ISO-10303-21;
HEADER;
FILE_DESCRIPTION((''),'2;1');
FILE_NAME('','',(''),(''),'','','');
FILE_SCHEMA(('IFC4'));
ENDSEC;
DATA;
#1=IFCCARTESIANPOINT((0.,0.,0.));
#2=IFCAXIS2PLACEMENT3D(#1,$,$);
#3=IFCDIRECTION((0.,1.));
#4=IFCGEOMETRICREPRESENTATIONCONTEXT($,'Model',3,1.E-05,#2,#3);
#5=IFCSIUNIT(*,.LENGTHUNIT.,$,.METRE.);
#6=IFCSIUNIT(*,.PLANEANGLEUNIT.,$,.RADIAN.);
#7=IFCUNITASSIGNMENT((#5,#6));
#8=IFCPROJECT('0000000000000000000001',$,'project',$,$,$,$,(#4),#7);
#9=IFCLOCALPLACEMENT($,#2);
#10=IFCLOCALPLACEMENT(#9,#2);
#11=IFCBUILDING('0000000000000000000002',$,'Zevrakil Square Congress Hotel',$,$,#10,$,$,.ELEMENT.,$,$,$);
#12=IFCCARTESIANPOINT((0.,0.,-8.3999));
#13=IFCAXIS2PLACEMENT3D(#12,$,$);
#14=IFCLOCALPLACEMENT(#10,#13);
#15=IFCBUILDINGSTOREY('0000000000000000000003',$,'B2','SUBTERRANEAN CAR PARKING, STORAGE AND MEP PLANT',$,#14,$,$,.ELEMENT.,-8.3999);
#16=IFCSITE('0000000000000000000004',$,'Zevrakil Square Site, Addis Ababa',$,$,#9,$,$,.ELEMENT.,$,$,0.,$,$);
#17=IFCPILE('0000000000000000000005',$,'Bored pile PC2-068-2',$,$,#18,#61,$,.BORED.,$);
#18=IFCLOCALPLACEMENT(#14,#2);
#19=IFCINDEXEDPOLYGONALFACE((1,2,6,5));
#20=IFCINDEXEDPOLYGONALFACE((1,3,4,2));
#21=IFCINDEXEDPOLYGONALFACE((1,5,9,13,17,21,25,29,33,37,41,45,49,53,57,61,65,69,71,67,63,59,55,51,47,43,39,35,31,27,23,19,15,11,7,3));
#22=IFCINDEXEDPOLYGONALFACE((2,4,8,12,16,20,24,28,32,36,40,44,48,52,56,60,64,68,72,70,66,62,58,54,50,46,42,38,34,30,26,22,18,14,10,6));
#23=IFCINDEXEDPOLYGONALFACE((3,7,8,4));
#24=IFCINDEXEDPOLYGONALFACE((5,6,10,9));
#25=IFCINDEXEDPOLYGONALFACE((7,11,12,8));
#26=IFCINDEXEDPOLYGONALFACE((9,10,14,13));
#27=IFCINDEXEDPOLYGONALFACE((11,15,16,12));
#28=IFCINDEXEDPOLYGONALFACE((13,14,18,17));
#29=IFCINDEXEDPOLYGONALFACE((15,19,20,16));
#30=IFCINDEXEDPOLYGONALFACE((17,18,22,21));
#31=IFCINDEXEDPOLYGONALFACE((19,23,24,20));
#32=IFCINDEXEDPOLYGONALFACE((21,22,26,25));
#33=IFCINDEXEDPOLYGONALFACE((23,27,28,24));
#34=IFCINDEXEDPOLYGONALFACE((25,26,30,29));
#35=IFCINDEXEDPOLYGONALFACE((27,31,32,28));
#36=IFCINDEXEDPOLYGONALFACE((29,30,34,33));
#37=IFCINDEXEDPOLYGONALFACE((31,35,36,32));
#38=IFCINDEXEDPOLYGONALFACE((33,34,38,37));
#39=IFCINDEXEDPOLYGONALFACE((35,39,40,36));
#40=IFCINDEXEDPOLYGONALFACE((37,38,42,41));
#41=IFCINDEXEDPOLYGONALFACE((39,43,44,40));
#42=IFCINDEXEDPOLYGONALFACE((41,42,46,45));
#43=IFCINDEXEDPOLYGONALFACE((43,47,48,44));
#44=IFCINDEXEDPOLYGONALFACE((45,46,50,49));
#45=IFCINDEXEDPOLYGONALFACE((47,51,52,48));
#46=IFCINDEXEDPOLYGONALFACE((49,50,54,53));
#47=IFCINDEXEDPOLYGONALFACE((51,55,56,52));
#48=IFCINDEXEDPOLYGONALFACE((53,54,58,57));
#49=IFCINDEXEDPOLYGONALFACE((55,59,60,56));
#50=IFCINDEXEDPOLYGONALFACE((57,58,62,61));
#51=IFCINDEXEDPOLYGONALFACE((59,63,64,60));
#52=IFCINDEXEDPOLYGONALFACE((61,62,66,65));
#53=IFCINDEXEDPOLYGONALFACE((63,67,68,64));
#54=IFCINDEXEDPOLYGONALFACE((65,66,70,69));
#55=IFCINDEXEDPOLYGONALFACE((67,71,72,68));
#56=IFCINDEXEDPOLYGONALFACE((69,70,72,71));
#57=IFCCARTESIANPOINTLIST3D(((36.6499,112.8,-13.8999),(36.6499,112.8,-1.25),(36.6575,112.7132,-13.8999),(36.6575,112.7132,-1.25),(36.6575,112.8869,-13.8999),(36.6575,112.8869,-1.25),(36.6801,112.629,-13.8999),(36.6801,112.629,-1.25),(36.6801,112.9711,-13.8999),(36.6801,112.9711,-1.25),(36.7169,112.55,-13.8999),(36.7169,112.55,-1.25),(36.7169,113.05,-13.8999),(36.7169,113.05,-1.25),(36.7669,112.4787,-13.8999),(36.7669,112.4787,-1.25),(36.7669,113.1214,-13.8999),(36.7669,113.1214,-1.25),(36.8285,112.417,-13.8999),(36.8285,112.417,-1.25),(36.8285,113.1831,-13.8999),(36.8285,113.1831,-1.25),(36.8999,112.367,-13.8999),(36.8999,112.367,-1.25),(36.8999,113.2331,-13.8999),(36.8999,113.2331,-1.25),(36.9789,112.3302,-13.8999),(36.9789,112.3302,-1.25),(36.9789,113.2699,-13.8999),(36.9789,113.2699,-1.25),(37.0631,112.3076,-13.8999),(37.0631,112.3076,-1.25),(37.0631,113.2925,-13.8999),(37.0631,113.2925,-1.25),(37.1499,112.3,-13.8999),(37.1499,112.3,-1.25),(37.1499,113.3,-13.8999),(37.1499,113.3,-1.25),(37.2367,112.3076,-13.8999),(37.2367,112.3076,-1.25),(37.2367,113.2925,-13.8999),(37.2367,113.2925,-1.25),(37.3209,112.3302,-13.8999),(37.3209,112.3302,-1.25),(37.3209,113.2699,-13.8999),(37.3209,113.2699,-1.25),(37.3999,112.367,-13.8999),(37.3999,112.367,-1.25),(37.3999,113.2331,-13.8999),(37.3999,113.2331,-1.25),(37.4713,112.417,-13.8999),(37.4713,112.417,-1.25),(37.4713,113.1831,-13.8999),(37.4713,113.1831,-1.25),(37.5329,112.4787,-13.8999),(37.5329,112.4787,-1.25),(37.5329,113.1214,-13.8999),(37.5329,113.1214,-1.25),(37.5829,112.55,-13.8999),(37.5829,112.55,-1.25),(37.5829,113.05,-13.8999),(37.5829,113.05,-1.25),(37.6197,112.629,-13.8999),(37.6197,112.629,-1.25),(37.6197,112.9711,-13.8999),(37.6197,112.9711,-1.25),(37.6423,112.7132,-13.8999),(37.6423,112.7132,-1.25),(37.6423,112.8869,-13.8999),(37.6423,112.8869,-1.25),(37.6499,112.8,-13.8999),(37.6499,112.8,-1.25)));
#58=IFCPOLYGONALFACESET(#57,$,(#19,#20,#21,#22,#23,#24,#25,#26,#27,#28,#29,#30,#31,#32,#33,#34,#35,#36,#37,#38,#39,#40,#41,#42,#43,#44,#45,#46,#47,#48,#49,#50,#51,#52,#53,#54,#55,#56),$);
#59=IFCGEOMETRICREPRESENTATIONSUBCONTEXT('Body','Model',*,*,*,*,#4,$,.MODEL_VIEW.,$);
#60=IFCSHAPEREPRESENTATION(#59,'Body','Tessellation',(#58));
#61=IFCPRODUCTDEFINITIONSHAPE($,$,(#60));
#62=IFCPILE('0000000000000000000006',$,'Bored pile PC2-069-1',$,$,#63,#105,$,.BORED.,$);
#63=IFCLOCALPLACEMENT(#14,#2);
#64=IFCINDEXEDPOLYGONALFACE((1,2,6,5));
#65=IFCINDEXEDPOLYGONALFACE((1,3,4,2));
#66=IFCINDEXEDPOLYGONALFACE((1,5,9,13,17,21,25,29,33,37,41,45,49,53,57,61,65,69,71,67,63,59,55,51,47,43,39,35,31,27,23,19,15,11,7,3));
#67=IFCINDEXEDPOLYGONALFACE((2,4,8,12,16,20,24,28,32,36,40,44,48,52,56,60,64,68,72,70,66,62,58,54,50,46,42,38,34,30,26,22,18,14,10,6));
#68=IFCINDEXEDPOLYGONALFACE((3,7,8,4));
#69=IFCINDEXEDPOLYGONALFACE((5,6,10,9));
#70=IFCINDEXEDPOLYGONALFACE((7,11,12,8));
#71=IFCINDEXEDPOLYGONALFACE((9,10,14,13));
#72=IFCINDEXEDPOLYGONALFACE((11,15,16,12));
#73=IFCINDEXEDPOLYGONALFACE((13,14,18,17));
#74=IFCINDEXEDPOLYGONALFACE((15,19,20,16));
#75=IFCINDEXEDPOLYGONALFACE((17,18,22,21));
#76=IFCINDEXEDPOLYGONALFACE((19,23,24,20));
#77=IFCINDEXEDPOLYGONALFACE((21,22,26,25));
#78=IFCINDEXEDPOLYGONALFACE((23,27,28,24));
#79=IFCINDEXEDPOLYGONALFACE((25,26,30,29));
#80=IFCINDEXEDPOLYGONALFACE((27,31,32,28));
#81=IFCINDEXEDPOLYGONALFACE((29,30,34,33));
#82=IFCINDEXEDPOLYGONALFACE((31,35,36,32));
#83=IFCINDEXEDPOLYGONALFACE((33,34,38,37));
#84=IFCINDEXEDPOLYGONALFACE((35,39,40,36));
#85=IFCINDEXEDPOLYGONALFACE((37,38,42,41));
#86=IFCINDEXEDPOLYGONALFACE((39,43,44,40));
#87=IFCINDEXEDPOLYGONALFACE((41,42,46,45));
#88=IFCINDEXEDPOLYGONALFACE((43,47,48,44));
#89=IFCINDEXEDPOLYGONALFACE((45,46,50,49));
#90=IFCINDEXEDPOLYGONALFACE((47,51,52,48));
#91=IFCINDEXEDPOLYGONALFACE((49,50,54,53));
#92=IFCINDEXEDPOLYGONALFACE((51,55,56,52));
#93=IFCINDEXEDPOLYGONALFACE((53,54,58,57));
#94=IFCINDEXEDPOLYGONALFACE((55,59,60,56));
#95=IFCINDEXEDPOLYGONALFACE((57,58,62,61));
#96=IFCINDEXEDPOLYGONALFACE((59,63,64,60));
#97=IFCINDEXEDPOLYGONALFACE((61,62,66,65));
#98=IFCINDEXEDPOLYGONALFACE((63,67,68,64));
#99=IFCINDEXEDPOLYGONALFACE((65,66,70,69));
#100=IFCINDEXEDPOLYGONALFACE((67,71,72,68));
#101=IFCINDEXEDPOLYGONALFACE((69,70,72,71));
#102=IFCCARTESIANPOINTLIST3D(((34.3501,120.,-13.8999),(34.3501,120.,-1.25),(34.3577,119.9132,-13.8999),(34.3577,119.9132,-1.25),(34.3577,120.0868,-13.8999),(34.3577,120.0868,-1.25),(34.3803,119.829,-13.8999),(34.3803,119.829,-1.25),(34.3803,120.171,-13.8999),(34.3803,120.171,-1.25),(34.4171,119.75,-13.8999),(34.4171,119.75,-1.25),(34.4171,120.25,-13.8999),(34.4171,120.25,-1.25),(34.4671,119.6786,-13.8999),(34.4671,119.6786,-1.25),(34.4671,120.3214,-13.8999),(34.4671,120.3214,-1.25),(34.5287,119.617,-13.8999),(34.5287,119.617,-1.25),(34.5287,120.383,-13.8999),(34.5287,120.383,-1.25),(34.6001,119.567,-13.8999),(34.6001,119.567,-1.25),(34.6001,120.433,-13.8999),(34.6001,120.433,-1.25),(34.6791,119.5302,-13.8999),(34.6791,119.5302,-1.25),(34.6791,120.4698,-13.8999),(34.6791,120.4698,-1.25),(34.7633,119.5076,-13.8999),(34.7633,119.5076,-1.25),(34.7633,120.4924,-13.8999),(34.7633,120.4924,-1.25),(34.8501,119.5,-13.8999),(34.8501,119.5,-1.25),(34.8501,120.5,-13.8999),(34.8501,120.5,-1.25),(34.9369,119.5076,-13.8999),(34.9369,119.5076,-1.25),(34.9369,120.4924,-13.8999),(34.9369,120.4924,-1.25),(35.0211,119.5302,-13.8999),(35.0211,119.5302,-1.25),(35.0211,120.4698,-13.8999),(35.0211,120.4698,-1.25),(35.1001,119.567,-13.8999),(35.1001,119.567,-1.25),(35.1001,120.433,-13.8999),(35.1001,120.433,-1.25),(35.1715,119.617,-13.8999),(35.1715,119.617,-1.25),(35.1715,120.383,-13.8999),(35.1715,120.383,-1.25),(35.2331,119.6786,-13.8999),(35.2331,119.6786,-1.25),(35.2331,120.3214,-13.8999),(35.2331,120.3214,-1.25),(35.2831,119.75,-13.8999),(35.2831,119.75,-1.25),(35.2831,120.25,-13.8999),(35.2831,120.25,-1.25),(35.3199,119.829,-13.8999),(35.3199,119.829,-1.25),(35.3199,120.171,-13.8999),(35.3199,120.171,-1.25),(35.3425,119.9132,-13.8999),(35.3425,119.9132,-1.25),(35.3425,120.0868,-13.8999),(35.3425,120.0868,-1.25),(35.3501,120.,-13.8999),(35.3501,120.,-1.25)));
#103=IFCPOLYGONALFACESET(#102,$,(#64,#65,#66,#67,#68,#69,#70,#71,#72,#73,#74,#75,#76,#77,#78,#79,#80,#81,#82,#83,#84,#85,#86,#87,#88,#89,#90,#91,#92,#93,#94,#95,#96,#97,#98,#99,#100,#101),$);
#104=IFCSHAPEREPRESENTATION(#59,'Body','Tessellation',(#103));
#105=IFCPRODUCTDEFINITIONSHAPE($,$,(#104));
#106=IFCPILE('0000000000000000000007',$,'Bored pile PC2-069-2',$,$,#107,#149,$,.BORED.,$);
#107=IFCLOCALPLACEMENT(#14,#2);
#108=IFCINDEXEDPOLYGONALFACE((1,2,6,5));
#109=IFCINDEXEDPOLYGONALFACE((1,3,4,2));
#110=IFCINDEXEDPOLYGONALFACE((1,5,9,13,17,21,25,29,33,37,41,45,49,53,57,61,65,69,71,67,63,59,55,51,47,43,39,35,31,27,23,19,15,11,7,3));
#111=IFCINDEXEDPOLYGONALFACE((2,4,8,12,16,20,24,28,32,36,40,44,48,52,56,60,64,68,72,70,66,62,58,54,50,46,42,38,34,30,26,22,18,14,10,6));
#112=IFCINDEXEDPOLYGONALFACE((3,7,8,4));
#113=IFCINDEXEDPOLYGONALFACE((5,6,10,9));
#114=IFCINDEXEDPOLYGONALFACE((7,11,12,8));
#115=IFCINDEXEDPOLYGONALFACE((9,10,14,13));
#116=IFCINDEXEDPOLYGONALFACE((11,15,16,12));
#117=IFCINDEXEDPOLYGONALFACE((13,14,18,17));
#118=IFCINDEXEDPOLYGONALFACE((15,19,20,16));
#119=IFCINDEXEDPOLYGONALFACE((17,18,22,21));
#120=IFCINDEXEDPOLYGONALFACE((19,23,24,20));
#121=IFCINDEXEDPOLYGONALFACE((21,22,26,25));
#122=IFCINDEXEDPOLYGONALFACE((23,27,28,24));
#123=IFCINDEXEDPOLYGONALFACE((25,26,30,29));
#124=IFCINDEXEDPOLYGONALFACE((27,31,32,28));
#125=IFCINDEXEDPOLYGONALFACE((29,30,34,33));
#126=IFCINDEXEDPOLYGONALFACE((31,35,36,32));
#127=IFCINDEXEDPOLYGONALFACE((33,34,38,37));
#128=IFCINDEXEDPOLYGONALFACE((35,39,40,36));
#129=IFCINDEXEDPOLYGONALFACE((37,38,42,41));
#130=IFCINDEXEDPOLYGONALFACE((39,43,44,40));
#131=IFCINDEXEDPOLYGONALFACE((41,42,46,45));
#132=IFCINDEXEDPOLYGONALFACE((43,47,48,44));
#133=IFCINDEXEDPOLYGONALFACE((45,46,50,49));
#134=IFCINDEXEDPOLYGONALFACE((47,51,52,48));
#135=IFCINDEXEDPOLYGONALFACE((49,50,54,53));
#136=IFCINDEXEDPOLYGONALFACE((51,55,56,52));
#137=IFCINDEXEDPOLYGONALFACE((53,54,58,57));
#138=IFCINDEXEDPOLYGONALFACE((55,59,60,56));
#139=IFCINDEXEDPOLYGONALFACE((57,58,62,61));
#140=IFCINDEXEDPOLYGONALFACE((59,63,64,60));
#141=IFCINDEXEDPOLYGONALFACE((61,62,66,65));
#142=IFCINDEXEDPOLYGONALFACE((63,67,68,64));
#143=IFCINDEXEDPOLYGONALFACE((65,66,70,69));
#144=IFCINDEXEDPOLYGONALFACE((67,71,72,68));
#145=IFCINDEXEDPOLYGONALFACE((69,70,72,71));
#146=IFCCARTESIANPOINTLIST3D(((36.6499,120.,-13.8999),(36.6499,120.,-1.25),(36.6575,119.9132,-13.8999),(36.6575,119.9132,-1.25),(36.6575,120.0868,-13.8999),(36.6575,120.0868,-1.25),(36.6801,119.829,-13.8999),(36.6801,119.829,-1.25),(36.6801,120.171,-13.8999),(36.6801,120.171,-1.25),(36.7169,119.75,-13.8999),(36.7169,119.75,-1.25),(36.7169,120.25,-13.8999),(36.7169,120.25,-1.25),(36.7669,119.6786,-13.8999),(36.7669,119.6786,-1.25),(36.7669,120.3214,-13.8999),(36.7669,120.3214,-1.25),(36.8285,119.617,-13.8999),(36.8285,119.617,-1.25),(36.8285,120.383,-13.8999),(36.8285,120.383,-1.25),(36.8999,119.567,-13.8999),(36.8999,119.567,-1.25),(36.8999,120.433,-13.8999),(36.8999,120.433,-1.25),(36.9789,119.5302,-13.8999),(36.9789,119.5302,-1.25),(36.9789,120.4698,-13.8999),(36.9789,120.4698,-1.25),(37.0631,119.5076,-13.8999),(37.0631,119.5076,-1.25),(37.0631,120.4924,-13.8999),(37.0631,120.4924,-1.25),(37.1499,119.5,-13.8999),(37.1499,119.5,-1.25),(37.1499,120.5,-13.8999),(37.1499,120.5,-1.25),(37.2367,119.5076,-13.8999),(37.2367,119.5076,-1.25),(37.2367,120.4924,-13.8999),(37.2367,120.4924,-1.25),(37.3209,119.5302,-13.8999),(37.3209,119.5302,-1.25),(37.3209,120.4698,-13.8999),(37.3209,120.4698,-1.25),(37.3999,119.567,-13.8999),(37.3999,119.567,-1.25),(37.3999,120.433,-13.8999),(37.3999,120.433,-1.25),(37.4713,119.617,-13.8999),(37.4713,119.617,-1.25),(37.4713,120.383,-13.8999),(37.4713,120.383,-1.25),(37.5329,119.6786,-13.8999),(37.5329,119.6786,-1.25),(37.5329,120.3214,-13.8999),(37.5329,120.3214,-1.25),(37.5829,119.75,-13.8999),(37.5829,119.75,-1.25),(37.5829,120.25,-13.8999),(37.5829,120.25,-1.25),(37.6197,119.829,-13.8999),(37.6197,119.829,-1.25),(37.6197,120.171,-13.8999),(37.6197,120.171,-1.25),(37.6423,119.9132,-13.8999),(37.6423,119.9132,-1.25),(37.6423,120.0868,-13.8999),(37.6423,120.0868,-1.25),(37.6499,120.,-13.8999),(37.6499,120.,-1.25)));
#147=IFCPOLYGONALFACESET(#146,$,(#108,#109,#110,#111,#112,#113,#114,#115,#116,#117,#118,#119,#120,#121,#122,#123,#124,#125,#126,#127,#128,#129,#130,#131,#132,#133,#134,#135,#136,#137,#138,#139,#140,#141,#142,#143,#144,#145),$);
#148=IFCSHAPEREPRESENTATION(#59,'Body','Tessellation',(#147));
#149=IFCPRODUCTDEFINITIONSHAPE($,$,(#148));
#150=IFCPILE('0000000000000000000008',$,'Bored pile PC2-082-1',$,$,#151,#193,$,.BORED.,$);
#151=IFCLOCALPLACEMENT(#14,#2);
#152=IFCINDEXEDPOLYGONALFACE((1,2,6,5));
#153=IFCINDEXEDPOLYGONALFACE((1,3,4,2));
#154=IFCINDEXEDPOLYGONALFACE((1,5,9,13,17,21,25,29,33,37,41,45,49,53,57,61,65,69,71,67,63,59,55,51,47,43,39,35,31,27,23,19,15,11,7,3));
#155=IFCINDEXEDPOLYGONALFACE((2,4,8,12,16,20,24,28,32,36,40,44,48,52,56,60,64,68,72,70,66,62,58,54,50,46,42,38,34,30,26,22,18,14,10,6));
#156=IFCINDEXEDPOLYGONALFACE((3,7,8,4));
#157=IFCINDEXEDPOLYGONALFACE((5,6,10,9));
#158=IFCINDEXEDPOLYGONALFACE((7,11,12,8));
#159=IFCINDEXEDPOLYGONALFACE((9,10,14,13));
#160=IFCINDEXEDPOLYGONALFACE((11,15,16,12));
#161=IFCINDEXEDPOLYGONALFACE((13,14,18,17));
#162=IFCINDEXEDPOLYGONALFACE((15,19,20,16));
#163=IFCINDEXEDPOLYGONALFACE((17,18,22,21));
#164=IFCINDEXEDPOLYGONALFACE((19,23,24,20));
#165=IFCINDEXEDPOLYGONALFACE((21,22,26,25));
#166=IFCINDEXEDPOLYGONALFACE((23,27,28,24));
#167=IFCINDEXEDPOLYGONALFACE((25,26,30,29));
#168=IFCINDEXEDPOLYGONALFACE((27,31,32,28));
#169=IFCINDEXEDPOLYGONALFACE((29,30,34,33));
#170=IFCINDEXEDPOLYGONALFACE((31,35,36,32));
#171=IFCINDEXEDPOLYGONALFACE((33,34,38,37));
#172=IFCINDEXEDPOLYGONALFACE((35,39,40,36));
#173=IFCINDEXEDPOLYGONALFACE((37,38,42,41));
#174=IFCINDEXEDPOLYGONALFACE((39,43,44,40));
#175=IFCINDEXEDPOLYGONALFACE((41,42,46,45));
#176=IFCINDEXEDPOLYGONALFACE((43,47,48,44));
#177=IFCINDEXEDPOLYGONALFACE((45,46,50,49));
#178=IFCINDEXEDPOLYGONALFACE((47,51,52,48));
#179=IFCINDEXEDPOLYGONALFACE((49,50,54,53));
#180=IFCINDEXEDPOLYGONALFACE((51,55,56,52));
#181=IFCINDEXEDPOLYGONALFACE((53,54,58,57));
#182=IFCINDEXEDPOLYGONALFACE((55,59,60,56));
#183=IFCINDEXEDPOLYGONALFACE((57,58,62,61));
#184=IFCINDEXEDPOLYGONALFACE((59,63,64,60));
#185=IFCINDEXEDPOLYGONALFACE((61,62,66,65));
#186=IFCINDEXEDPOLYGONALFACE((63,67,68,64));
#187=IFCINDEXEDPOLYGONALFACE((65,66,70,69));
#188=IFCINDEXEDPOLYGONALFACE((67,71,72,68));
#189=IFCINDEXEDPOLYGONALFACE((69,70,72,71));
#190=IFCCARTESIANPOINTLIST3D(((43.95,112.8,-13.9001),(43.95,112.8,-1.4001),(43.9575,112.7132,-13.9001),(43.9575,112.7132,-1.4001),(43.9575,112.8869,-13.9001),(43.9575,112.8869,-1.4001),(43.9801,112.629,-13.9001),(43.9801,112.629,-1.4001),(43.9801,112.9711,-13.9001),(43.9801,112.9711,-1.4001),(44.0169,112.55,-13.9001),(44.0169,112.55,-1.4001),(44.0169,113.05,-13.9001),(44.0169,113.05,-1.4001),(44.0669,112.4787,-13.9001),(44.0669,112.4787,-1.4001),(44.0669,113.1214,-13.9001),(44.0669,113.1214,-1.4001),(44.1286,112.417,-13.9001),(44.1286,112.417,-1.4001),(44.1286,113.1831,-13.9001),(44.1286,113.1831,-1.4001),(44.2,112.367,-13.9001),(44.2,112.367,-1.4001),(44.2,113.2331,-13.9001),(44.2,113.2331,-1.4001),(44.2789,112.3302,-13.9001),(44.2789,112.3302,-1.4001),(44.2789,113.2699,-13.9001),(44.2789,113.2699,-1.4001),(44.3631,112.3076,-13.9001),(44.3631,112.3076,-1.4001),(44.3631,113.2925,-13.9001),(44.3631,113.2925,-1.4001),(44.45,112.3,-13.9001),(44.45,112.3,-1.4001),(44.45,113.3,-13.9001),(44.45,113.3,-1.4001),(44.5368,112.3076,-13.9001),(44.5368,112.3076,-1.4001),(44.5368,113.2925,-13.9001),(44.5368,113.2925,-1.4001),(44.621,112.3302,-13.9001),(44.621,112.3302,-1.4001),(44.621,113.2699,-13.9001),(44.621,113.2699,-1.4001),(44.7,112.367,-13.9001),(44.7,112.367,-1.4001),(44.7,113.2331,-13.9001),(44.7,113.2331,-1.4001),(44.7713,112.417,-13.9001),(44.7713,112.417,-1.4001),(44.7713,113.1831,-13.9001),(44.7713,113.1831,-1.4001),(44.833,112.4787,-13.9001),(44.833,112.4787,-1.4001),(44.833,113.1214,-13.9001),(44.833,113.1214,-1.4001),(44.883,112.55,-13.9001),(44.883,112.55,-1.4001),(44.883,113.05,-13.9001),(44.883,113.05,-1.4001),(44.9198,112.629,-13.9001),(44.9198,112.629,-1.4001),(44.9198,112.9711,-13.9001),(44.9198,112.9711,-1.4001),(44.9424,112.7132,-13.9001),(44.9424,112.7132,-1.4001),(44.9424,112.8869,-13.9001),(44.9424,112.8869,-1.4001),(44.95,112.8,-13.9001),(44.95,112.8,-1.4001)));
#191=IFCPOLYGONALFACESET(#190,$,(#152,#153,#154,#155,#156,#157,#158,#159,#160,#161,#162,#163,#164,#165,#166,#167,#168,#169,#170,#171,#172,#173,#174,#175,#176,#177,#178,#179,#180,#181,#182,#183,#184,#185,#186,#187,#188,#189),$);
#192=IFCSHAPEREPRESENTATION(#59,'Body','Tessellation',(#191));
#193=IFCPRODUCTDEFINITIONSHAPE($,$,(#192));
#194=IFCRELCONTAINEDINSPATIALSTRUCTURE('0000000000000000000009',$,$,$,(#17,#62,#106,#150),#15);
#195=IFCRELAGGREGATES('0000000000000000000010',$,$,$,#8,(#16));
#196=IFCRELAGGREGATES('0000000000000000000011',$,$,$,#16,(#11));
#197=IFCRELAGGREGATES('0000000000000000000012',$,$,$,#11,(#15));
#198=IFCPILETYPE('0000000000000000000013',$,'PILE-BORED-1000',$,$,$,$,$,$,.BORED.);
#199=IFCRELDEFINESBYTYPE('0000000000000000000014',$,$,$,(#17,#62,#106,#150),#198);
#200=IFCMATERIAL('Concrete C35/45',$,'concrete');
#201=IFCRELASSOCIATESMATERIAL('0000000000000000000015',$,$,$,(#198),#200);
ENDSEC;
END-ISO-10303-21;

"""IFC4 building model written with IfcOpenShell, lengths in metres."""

from ifc_helpers import new_model, si_unit, direction, frame, origin, origin_2d, place, context, subcontext, project, spatial, circle, extrude, material, material_profile, profile_set, type_object, element, save


model = new_model("IFC4")

# Units and contexts
model_context = context("Model", 3, precision=1e-05, world=origin(), true_north=direction((0.0, 1.0)))
body_context = subcontext(model_context, "Body", "Model", "MODEL_VIEW")
ifc_project = project(units=[si_unit("LENGTHUNIT", "METRE"), si_unit("PLANEANGLEUNIT", "RADIAN")], contexts=[model_context])

# Site, building, storey
site_placement = place(None, origin())
site = spatial("IfcSite", under=ifc_project, at=site_placement, Name="Zevrakil Square Site, Addis Ababa", CompositionType="ELEMENT", RefElevation=0.0)
building_placement = place(site_placement, origin())
building = spatial("IfcBuilding", under=site, at=building_placement, Name="Zevrakil Square Congress Hotel", CompositionType="ELEMENT")
storey_placement = place(building_placement, frame((0.0, 0.0, -8.3999)))
storey = spatial("IfcBuildingStorey", under=building, at=storey_placement, Name="B2", Description="SUBTERRANEAN CAR PARKING, STORAGE AND MEP PLANT", CompositionType="ELEMENT", Elevation=-8.3999)

# Piles
ifc_material_1 = material(Name="Concrete C35/45", Category="concrete")
ifc_material_profile_1 = material_profile(ifc_material_1, circle(Radius=0.5, at=origin_2d()), Name="PILE D1000")
ifc_profile_set_1 = profile_set([ifc_material_profile_1], Name="Concrete C35/45")
pile_type = type_object("IfcPileType", Name="PILE-BORED-1000", PredefinedType="BORED", material=ifc_profile_set_1)
for number, where, z_axis, x_axis, name in (
    (1, (37.1499, 112.8, -1.25), (0.0, 0.0, -1.0), (1.0, 0.0, 0.0), "Bored pile PC2-068-2"),
    (2, (34.8501, 120.0, -1.25), (0.0, 0.0, -1.0), (1.0, 0.0, 0.0), "Bored pile PC2-069-1"),
    (3, (37.1499, 120.0, -1.25), (0.0, 0.0, -1.0), (1.0, 0.0, 0.0), "Bored pile PC2-069-2"),
):
    element("IfcPile", number, at=place(storey_placement, frame(where, z_axis=z_axis, x_axis=x_axis)), inside=storey, type_object=pile_type, Name=name, PredefinedType="BORED", context=body_context, shape_type="SweptSolid", body=[
        extrude(circle(Radius=0.5, at=origin_2d()), origin(), (0.0, 0.0, 1.0), 12.6499),
    ])
pile_1_placement = place(storey_placement, frame((44.45, 112.8, -1.4001), z_axis=(0.0, 0.0, -1.0), x_axis=(1.0, 0.0, 0.0)))
element("IfcPile", 4, at=pile_1_placement, inside=storey, type_object=pile_type, Name="Bored pile PC2-082-1", PredefinedType="BORED", context=body_context, shape_type="SweptSolid", body=[
    extrude(circle(Radius=0.5, at=origin_2d()), origin(), (0.0, 0.0, 1.0), 12.5),
])

save(model, "model.ifc")
